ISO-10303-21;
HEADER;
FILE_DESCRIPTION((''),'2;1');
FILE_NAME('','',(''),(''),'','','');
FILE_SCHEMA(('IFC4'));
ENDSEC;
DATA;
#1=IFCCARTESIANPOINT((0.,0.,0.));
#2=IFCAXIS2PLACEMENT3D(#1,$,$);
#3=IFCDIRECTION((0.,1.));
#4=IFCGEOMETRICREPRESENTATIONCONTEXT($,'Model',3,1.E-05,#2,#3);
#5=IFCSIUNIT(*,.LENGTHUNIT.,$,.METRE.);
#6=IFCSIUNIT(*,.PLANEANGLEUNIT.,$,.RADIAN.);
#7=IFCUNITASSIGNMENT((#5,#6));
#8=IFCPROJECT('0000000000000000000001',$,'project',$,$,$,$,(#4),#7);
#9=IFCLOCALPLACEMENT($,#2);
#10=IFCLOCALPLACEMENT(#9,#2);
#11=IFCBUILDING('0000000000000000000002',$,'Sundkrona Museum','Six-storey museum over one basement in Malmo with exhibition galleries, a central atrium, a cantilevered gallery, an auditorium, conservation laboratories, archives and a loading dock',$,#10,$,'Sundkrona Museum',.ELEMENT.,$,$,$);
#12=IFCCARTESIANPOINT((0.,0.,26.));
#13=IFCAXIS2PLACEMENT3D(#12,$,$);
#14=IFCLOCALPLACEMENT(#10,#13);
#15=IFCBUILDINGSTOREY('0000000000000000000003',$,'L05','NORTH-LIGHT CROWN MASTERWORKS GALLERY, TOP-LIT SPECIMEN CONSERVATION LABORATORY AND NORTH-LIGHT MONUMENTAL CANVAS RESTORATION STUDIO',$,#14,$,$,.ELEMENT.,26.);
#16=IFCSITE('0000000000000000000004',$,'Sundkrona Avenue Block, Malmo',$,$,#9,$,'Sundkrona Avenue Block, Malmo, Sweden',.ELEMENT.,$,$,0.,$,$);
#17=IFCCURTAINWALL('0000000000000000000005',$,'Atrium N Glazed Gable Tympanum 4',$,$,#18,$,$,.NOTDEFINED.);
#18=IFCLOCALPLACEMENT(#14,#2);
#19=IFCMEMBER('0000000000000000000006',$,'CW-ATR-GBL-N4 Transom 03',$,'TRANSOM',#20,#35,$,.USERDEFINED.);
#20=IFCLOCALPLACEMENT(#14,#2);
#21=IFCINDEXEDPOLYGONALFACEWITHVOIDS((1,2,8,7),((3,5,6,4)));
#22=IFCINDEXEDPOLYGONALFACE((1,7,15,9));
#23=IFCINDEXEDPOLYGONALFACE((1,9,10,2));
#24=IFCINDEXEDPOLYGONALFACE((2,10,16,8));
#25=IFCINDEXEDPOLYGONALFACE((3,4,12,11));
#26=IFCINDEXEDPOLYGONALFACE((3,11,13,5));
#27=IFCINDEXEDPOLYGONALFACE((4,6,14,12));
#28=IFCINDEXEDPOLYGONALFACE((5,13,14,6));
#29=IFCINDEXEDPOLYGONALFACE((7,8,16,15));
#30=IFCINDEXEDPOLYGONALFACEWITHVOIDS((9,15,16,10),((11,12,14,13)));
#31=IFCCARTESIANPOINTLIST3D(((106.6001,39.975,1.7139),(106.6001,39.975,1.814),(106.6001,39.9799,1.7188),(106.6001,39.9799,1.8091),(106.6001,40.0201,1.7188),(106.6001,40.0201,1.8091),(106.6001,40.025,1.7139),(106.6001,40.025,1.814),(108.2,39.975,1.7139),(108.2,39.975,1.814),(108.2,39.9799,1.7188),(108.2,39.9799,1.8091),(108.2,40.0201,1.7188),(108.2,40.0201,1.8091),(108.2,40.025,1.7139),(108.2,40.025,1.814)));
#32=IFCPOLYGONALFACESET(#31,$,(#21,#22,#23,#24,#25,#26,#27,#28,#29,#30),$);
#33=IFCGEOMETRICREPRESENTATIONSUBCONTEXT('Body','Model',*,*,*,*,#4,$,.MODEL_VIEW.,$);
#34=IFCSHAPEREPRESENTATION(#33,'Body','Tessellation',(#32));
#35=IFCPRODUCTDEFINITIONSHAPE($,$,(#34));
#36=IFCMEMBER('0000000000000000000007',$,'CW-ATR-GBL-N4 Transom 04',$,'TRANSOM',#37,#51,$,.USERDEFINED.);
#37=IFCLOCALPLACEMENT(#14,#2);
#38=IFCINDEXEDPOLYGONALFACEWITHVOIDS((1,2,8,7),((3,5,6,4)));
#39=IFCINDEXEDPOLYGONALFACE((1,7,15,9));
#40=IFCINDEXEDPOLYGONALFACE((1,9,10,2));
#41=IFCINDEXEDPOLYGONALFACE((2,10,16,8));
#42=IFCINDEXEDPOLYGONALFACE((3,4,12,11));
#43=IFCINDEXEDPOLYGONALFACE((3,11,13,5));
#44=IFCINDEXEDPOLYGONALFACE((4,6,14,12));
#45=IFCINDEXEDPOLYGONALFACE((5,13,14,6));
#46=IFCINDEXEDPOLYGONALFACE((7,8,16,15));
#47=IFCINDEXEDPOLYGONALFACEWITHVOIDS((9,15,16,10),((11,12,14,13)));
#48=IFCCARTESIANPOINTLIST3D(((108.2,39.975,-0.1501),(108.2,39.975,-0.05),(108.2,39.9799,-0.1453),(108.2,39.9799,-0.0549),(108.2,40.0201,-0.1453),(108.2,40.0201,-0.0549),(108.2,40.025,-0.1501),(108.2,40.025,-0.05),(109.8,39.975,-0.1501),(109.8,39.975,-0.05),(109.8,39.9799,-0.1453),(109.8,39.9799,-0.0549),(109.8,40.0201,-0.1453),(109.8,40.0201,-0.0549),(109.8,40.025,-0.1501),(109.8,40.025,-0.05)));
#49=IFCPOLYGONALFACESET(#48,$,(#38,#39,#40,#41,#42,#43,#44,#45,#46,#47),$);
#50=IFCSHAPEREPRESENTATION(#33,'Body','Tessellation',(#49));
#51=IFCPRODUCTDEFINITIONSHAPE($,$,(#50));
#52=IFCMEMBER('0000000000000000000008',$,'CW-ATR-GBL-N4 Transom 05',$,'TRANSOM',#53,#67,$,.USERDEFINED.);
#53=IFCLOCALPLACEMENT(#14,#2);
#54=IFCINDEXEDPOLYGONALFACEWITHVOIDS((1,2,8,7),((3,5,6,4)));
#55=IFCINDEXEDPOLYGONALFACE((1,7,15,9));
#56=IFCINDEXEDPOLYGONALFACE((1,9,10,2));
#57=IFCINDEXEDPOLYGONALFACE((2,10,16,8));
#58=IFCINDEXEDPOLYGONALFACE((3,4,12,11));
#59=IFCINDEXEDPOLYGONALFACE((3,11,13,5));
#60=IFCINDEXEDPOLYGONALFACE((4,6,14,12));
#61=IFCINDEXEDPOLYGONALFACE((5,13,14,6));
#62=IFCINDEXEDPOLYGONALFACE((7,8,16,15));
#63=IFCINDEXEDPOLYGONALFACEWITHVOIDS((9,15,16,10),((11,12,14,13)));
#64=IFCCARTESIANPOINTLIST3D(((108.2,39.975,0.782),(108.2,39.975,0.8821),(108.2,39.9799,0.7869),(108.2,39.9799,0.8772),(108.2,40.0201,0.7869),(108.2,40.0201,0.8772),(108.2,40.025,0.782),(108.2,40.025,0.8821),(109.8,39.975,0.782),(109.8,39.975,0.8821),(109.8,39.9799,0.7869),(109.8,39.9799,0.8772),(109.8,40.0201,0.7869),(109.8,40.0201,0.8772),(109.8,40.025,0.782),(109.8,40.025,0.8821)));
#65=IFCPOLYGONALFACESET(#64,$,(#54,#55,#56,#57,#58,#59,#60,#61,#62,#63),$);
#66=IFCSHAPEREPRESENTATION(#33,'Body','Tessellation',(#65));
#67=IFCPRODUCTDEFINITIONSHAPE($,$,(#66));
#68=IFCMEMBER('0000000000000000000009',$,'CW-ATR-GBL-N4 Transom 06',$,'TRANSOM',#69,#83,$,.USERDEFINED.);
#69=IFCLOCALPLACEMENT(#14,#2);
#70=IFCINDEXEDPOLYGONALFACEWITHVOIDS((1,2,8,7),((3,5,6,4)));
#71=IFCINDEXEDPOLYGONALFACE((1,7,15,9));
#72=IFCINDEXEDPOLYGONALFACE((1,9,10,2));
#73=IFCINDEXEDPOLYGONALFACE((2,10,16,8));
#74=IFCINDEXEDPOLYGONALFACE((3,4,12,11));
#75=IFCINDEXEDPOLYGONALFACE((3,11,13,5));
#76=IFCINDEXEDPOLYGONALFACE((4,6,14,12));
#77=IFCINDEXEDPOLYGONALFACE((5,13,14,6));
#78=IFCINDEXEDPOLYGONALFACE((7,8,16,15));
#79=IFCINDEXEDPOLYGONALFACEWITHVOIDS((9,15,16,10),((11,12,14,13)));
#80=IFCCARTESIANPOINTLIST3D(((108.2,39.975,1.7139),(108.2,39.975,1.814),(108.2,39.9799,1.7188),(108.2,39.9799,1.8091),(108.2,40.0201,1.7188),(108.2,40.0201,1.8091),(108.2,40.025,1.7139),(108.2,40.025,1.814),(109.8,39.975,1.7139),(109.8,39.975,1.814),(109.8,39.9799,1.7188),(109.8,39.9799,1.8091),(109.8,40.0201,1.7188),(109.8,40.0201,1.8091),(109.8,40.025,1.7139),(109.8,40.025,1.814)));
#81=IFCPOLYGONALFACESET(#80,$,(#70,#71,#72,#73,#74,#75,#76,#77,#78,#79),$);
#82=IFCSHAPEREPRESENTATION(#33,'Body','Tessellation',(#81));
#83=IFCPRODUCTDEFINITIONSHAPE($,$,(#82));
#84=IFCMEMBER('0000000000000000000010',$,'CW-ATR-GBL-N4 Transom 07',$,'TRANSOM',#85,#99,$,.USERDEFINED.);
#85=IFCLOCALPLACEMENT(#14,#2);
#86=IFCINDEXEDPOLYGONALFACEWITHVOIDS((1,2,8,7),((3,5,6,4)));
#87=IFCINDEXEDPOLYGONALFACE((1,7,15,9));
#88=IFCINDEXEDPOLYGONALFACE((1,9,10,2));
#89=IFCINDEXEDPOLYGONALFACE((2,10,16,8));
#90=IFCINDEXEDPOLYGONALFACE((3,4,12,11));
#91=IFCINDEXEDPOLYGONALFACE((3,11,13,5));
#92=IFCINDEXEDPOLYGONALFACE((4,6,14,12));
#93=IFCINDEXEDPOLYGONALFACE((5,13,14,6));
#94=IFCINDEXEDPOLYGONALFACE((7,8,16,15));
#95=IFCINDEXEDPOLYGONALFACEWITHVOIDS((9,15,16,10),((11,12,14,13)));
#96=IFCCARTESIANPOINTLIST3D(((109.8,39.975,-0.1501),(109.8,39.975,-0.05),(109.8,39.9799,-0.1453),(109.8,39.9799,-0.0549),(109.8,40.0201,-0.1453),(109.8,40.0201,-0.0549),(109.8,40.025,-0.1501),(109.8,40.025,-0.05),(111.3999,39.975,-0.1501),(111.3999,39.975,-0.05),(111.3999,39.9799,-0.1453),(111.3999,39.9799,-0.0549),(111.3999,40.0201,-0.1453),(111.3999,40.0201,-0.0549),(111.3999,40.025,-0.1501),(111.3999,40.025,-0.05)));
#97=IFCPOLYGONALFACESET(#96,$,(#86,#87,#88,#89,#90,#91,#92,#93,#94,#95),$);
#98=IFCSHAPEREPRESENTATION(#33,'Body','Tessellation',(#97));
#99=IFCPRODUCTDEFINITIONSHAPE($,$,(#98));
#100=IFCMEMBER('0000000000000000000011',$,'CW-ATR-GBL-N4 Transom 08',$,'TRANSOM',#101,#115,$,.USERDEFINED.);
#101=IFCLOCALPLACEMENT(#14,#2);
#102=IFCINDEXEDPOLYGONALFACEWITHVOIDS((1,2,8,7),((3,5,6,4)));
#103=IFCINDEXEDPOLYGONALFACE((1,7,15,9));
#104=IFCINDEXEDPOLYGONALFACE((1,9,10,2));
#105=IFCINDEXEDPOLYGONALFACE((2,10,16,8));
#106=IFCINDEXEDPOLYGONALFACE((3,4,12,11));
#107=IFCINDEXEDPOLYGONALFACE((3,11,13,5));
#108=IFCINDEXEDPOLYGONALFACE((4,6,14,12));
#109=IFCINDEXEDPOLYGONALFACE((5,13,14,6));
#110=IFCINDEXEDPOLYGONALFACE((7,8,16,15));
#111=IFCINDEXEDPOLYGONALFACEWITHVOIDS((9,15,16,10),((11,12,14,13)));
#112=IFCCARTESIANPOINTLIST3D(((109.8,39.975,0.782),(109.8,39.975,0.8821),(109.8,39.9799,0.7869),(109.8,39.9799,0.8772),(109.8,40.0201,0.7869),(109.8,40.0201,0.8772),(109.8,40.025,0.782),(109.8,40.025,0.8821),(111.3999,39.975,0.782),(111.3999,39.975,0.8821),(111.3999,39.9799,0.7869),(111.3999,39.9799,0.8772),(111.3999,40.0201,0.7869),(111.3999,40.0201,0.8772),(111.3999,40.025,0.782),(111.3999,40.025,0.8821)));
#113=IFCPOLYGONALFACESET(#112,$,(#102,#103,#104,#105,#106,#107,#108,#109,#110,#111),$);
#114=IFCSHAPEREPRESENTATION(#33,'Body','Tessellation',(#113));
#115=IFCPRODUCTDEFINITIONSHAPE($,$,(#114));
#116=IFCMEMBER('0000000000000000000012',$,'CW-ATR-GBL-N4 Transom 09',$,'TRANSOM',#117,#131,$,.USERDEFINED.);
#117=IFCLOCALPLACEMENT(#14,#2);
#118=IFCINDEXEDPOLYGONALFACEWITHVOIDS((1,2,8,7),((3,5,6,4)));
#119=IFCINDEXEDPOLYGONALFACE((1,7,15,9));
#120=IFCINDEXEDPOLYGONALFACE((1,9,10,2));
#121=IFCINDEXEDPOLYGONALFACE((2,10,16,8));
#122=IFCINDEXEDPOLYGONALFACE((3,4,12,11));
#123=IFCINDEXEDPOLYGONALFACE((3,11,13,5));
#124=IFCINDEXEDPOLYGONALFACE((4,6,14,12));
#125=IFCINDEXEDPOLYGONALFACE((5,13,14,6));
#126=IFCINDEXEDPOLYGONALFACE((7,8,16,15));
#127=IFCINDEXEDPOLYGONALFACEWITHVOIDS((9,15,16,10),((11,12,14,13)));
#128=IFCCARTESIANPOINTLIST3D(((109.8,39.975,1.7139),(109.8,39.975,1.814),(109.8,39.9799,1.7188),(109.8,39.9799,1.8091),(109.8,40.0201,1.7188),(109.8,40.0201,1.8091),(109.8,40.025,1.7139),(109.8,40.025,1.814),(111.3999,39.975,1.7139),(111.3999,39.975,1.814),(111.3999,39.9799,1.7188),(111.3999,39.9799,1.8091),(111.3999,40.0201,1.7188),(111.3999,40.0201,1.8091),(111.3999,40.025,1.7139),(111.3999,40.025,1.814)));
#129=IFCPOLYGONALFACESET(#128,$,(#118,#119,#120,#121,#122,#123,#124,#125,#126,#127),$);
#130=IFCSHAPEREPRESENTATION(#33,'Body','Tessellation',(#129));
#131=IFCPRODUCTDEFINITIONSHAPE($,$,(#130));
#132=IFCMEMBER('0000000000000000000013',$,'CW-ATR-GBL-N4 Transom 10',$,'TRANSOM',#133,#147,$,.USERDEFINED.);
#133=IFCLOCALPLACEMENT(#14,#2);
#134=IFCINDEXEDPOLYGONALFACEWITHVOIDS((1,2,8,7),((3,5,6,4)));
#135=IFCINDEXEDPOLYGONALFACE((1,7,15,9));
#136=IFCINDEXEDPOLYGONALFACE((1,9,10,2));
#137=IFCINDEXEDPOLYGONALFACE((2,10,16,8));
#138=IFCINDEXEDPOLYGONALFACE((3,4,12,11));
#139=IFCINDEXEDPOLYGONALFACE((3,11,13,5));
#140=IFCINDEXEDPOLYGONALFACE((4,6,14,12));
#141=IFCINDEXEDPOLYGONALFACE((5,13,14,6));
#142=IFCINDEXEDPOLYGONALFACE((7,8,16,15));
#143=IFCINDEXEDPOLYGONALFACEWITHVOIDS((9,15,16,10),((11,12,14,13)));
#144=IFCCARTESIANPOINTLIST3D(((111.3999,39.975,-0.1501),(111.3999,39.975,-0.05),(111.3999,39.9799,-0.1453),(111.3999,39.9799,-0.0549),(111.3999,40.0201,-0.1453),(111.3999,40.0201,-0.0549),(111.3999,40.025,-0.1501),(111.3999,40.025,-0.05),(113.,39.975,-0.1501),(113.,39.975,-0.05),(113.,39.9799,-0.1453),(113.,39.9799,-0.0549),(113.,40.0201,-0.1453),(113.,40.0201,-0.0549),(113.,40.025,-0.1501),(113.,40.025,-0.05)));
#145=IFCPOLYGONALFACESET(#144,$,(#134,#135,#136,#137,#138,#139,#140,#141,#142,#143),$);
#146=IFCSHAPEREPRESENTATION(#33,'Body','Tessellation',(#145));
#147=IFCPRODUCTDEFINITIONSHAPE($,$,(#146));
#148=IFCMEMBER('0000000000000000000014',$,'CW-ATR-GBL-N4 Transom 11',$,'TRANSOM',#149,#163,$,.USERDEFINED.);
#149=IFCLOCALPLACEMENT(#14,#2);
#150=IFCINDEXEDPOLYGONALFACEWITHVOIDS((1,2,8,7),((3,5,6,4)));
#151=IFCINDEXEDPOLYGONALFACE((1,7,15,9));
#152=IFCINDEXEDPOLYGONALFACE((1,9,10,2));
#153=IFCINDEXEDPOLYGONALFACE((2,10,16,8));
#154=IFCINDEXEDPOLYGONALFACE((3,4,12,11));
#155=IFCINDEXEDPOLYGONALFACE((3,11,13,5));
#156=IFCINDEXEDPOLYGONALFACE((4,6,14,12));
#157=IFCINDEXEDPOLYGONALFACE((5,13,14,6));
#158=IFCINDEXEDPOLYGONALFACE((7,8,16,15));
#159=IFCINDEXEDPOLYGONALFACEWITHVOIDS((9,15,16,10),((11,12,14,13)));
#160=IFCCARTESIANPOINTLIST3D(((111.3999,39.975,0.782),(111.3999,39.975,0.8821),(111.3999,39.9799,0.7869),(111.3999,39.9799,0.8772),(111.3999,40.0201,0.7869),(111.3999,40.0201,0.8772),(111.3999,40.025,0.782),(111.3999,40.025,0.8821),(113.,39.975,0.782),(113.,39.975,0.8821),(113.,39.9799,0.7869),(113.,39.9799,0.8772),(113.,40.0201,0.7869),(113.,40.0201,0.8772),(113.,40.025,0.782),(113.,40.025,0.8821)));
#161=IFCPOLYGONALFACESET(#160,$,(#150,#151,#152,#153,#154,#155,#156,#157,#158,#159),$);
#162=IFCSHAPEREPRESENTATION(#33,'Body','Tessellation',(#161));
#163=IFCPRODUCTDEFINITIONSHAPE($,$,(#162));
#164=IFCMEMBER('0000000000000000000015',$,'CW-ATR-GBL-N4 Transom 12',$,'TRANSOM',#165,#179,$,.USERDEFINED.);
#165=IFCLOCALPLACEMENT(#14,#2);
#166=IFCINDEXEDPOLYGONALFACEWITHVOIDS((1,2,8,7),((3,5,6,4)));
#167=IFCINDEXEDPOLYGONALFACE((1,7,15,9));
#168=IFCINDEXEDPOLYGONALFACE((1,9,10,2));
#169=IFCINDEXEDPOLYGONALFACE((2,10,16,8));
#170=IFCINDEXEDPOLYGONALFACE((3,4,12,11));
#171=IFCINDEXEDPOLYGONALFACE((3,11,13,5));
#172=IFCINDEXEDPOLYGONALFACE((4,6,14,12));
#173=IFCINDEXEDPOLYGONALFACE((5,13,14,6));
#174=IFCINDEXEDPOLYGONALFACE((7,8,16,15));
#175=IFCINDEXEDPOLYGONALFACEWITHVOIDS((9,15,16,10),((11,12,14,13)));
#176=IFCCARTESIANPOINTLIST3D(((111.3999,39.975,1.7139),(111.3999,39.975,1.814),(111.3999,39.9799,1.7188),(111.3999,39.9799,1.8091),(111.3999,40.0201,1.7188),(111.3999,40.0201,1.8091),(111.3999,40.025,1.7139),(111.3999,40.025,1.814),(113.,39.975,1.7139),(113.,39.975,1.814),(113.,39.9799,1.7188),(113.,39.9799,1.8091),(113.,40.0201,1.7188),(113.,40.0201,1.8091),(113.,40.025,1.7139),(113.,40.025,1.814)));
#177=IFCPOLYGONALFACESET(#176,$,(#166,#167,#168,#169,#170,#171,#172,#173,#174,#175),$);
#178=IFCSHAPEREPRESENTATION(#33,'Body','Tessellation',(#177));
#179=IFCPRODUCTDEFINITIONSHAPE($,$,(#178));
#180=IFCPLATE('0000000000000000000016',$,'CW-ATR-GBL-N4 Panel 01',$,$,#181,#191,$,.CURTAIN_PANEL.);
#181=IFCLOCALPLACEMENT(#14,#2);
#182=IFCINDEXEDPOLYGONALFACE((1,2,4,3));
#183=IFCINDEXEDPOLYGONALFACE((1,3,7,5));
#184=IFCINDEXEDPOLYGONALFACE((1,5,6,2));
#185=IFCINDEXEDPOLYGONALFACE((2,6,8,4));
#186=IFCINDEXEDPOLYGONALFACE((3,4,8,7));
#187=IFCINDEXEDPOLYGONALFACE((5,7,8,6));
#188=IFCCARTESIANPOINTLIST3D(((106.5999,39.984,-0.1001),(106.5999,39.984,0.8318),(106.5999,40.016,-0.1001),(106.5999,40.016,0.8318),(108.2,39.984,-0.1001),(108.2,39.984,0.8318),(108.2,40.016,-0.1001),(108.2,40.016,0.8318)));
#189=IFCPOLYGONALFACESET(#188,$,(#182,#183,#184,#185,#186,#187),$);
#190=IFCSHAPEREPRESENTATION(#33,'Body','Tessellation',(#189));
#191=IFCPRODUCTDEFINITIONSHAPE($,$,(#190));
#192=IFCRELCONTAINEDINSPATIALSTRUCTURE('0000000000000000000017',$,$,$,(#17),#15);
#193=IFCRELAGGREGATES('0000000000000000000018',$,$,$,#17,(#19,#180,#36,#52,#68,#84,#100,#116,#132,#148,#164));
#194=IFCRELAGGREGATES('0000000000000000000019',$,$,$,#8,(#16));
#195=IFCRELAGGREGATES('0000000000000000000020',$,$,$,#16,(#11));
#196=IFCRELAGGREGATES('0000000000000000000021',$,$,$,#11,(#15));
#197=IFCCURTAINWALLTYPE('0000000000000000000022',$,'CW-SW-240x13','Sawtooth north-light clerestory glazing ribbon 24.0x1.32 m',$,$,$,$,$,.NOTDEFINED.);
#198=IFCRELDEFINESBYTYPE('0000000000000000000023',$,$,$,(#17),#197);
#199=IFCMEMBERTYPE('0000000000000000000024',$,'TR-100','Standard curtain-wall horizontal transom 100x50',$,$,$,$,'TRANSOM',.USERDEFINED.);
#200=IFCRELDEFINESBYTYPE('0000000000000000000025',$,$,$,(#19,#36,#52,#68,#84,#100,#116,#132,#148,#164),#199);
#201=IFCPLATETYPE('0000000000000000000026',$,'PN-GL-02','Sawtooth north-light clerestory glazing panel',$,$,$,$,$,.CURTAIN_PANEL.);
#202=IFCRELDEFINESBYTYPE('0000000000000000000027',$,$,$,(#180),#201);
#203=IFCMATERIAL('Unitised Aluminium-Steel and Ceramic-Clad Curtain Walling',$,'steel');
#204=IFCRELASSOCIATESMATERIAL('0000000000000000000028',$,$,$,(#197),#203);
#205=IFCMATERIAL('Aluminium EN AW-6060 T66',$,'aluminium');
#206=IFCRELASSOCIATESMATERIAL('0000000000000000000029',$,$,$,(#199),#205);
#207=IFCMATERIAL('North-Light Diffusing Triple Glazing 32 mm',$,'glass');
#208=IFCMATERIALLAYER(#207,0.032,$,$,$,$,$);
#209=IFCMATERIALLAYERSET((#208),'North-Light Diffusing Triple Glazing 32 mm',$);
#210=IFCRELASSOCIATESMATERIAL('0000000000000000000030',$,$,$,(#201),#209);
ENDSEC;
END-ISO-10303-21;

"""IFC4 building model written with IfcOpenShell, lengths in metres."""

from ifc_helpers import new_model, si_unit, direction, frame, origin, origin_2d, place, context, subcontext, project, spatial, rectangle, hollow_rectangle, extrude, material, layer, layer_set, material_profile, profile_set, type_object, element, aggregate, save


model = new_model("IFC4")

# Units and contexts
model_context = context("Model", 3, precision=1e-05, world=origin(), true_north=direction((0.0, 1.0)))
body_context = subcontext(model_context, "Body", "Model", "MODEL_VIEW")
ifc_project = project(units=[si_unit("LENGTHUNIT", "METRE"), si_unit("PLANEANGLEUNIT", "RADIAN")], contexts=[model_context])

# Site, building, storey
site_placement = place(None, origin())
site = spatial("IfcSite", under=ifc_project, at=site_placement, Name="Sundkrona Avenue Block, Malmo", LongName="Sundkrona Avenue Block, Malmo, Sweden", CompositionType="ELEMENT", RefElevation=0.0)
building_placement = place(site_placement, origin())
building = spatial("IfcBuilding", under=site, at=building_placement, Name="Sundkrona Museum", Description="Six-storey museum over one basement in Malmo with exhibition galleries, a central atrium, a cantilevered gallery, an auditorium, conservation laboratories, archives and a loading dock", LongName="Sundkrona Museum", CompositionType="ELEMENT")
storey_placement = place(building_placement, frame((0.0, 0.0, 26.0)))
storey = spatial("IfcBuildingStorey", under=building, at=storey_placement, Name="L05", Description="NORTH-LIGHT CROWN MASTERWORKS GALLERY, TOP-LIT SPECIMEN CONSERVATION LABORATORY AND NORTH-LIGHT MONUMENTAL CANVAS RESTORATION STUDIO", CompositionType="ELEMENT", Elevation=26.0)

# Curtain wall
ifc_material_1 = material(Name="Unitised Aluminium-Steel and Ceramic-Clad Curtain Walling", Category="steel")
curtain_wall_type = type_object("IfcCurtainWallType", Name="CW-SW-240x13", Description="Sawtooth north-light clerestory glazing ribbon 24.0x1.32 m", PredefinedType="NOTDEFINED", material=ifc_material_1)
curtain_wall_placement = place(storey_placement, origin())
curtain_wall = element("IfcCurtainWall", 1, at=curtain_wall_placement, inside=storey, type_object=curtain_wall_type, Name="Atrium N Glazed Gable Tympanum 4", PredefinedType="NOTDEFINED")
ifc_material_2 = material(Name="Aluminium EN AW-6060 T66", Category="aluminium")

# Members
ifc_material_profile_1 = material_profile(ifc_material_2, hollow_rectangle(XDim=0.05, YDim=0.1001, WallThickness=0.0049, at=origin_2d()), Name="RHS 100x50x5.0")
ifc_profile_set_1 = profile_set([ifc_material_profile_1], Name="Aluminium EN AW-6060 T66")
member_type_1 = type_object("IfcMemberType", Name="TR-100", Description="Standard curtain-wall horizontal transom 100x50", ElementType="TRANSOM", PredefinedType="USERDEFINED", material=ifc_profile_set_1)
member_1_placement = place(storey_placement, frame((106.6001, 40.0, 1.7639), z_axis=(1.0, 0.0, 0.0), x_axis=(0.0, 1.0, 0.0)))
member_1 = element("IfcMember", 2, at=member_1_placement, type_object=member_type_1, Name="CW-ATR-GBL-N4 Transom 03", ObjectType="TRANSOM", PredefinedType="USERDEFINED", context=body_context, shape_type="SweptSolid", body=[
    extrude(hollow_rectangle(XDim=0.05, YDim=0.1001, WallThickness=0.0049, at=origin_2d()), origin(), (0.0, 0.0, 1.0), 1.5999),
])
member_2_placement = place(storey_placement, frame((108.2, 40.0, -0.1001), z_axis=(1.0, 0.0, 0.0), x_axis=(0.0, 1.0, 0.0)))
member_2 = element("IfcMember", 3, at=member_2_placement, type_object=member_type_1, Name="CW-ATR-GBL-N4 Transom 04", ObjectType="TRANSOM", PredefinedType="USERDEFINED", context=body_context, shape_type="SweptSolid", body=[
    extrude(hollow_rectangle(XDim=0.05, YDim=0.1001, WallThickness=0.0049, at=origin_2d()), origin(), (0.0, 0.0, 1.0), 1.6001),
])
member_3_placement = place(storey_placement, frame((108.2, 40.0, 0.832), z_axis=(1.0, 0.0, 0.0), x_axis=(0.0, 1.0, 0.0)))
member_3 = element("IfcMember", 4, at=member_3_placement, type_object=member_type_1, Name="CW-ATR-GBL-N4 Transom 05", ObjectType="TRANSOM", PredefinedType="USERDEFINED", context=body_context, shape_type="SweptSolid", body=[
    extrude(hollow_rectangle(XDim=0.05, YDim=0.1001, WallThickness=0.0049, at=origin_2d()), origin(), (0.0, 0.0, 1.0), 1.6001),
])
member_4_placement = place(storey_placement, frame((108.2, 40.0, 1.7639), z_axis=(1.0, 0.0, 0.0), x_axis=(0.0, 1.0, 0.0)))
member_4 = element("IfcMember", 5, at=member_4_placement, type_object=member_type_1, Name="CW-ATR-GBL-N4 Transom 06", ObjectType="TRANSOM", PredefinedType="USERDEFINED", context=body_context, shape_type="SweptSolid", body=[
    extrude(hollow_rectangle(XDim=0.05, YDim=0.1001, WallThickness=0.0049, at=origin_2d()), origin(), (0.0, 0.0, 1.0), 1.6001),
])
member_5_placement = place(storey_placement, frame((109.8, 40.0, -0.1001), z_axis=(1.0, 0.0, 0.0), x_axis=(0.0, 1.0, 0.0)))
member_5 = element("IfcMember", 6, at=member_5_placement, type_object=member_type_1, Name="CW-ATR-GBL-N4 Transom 07", ObjectType="TRANSOM", PredefinedType="USERDEFINED", context=body_context, shape_type="SweptSolid", body=[
    extrude(hollow_rectangle(XDim=0.05, YDim=0.1001, WallThickness=0.0049, at=origin_2d()), origin(), (0.0, 0.0, 1.0), 1.5999),
])
member_6_placement = place(storey_placement, frame((109.8, 40.0, 0.832), z_axis=(1.0, 0.0, 0.0), x_axis=(0.0, 1.0, 0.0)))
member_6 = element("IfcMember", 7, at=member_6_placement, type_object=member_type_1, Name="CW-ATR-GBL-N4 Transom 08", ObjectType="TRANSOM", PredefinedType="USERDEFINED", context=body_context, shape_type="SweptSolid", body=[
    extrude(hollow_rectangle(XDim=0.05, YDim=0.1001, WallThickness=0.0049, at=origin_2d()), origin(), (0.0, 0.0, 1.0), 1.5999),
])
member_7_placement = place(storey_placement, frame((109.8, 40.0, 1.7639), z_axis=(1.0, 0.0, 0.0), x_axis=(0.0, 1.0, 0.0)))
member_7 = element("IfcMember", 8, at=member_7_placement, type_object=member_type_1, Name="CW-ATR-GBL-N4 Transom 09", ObjectType="TRANSOM", PredefinedType="USERDEFINED", context=body_context, shape_type="SweptSolid", body=[
    extrude(hollow_rectangle(XDim=0.05, YDim=0.1001, WallThickness=0.0049, at=origin_2d()), origin(), (0.0, 0.0, 1.0), 1.5999),
])
member_8_placement = place(storey_placement, frame((111.3999, 40.0, -0.1001), z_axis=(1.0, 0.0, 0.0), x_axis=(0.0, 1.0, 0.0)))
member_8 = element("IfcMember", 9, at=member_8_placement, type_object=member_type_1, Name="CW-ATR-GBL-N4 Transom 10", ObjectType="TRANSOM", PredefinedType="USERDEFINED", context=body_context, shape_type="SweptSolid", body=[
    extrude(hollow_rectangle(XDim=0.05, YDim=0.1001, WallThickness=0.0049, at=origin_2d()), origin(), (0.0, 0.0, 1.0), 1.6001),
])
member_9_placement = place(storey_placement, frame((111.3999, 40.0, 0.832), z_axis=(1.0, 0.0, 0.0), x_axis=(0.0, 1.0, 0.0)))
member_9 = element("IfcMember", 10, at=member_9_placement, type_object=member_type_1, Name="CW-ATR-GBL-N4 Transom 11", ObjectType="TRANSOM", PredefinedType="USERDEFINED", context=body_context, shape_type="SweptSolid", body=[
    extrude(hollow_rectangle(XDim=0.05, YDim=0.1001, WallThickness=0.0049, at=origin_2d()), origin(), (0.0, 0.0, 1.0), 1.6001),
])
member_10_placement = place(storey_placement, frame((111.3999, 40.0, 1.7639), z_axis=(1.0, 0.0, 0.0), x_axis=(0.0, 1.0, 0.0)))
member_10 = element("IfcMember", 11, at=member_10_placement, type_object=member_type_1, Name="CW-ATR-GBL-N4 Transom 12", ObjectType="TRANSOM", PredefinedType="USERDEFINED", context=body_context, shape_type="SweptSolid", body=[
    extrude(hollow_rectangle(XDim=0.05, YDim=0.1001, WallThickness=0.0049, at=origin_2d()), origin(), (0.0, 0.0, 1.0), 1.6001),
])

# Plate
ifc_material_3 = material(Name="North-Light Diffusing Triple Glazing 32 mm", Category="glass")
ifc_layer = layer(ifc_material_3, 0.032)
ifc_layer_set = layer_set([ifc_layer], Name="North-Light Diffusing Triple Glazing 32 mm")
plate_type = type_object("IfcPlateType", Name="PN-GL-02", Description="Sawtooth north-light clerestory glazing panel", PredefinedType="CURTAIN_PANEL", material=ifc_layer_set)
plate_1_placement = place(storey_placement, frame((107.3999, 40.0, -0.1001), z_axis=(0.0, 0.0, 1.0), x_axis=(1.0, 0.0, 0.0)))
plate_1 = element("IfcPlate", 12, at=plate_1_placement, type_object=plate_type, Name="CW-ATR-GBL-N4 Panel 01", PredefinedType="CURTAIN_PANEL", context=body_context, shape_type="SweptSolid", body=[
    extrude(rectangle(XDim=1.6001, YDim=0.032, at=origin_2d()), origin(), (0.0, 0.0, 1.0), 0.9319),
])
aggregate(curtain_wall, [member_1, plate_1, member_2, member_3, member_4, member_5, member_6, member_7, member_8, member_9, member_10])

save(model, "model.ifc")
